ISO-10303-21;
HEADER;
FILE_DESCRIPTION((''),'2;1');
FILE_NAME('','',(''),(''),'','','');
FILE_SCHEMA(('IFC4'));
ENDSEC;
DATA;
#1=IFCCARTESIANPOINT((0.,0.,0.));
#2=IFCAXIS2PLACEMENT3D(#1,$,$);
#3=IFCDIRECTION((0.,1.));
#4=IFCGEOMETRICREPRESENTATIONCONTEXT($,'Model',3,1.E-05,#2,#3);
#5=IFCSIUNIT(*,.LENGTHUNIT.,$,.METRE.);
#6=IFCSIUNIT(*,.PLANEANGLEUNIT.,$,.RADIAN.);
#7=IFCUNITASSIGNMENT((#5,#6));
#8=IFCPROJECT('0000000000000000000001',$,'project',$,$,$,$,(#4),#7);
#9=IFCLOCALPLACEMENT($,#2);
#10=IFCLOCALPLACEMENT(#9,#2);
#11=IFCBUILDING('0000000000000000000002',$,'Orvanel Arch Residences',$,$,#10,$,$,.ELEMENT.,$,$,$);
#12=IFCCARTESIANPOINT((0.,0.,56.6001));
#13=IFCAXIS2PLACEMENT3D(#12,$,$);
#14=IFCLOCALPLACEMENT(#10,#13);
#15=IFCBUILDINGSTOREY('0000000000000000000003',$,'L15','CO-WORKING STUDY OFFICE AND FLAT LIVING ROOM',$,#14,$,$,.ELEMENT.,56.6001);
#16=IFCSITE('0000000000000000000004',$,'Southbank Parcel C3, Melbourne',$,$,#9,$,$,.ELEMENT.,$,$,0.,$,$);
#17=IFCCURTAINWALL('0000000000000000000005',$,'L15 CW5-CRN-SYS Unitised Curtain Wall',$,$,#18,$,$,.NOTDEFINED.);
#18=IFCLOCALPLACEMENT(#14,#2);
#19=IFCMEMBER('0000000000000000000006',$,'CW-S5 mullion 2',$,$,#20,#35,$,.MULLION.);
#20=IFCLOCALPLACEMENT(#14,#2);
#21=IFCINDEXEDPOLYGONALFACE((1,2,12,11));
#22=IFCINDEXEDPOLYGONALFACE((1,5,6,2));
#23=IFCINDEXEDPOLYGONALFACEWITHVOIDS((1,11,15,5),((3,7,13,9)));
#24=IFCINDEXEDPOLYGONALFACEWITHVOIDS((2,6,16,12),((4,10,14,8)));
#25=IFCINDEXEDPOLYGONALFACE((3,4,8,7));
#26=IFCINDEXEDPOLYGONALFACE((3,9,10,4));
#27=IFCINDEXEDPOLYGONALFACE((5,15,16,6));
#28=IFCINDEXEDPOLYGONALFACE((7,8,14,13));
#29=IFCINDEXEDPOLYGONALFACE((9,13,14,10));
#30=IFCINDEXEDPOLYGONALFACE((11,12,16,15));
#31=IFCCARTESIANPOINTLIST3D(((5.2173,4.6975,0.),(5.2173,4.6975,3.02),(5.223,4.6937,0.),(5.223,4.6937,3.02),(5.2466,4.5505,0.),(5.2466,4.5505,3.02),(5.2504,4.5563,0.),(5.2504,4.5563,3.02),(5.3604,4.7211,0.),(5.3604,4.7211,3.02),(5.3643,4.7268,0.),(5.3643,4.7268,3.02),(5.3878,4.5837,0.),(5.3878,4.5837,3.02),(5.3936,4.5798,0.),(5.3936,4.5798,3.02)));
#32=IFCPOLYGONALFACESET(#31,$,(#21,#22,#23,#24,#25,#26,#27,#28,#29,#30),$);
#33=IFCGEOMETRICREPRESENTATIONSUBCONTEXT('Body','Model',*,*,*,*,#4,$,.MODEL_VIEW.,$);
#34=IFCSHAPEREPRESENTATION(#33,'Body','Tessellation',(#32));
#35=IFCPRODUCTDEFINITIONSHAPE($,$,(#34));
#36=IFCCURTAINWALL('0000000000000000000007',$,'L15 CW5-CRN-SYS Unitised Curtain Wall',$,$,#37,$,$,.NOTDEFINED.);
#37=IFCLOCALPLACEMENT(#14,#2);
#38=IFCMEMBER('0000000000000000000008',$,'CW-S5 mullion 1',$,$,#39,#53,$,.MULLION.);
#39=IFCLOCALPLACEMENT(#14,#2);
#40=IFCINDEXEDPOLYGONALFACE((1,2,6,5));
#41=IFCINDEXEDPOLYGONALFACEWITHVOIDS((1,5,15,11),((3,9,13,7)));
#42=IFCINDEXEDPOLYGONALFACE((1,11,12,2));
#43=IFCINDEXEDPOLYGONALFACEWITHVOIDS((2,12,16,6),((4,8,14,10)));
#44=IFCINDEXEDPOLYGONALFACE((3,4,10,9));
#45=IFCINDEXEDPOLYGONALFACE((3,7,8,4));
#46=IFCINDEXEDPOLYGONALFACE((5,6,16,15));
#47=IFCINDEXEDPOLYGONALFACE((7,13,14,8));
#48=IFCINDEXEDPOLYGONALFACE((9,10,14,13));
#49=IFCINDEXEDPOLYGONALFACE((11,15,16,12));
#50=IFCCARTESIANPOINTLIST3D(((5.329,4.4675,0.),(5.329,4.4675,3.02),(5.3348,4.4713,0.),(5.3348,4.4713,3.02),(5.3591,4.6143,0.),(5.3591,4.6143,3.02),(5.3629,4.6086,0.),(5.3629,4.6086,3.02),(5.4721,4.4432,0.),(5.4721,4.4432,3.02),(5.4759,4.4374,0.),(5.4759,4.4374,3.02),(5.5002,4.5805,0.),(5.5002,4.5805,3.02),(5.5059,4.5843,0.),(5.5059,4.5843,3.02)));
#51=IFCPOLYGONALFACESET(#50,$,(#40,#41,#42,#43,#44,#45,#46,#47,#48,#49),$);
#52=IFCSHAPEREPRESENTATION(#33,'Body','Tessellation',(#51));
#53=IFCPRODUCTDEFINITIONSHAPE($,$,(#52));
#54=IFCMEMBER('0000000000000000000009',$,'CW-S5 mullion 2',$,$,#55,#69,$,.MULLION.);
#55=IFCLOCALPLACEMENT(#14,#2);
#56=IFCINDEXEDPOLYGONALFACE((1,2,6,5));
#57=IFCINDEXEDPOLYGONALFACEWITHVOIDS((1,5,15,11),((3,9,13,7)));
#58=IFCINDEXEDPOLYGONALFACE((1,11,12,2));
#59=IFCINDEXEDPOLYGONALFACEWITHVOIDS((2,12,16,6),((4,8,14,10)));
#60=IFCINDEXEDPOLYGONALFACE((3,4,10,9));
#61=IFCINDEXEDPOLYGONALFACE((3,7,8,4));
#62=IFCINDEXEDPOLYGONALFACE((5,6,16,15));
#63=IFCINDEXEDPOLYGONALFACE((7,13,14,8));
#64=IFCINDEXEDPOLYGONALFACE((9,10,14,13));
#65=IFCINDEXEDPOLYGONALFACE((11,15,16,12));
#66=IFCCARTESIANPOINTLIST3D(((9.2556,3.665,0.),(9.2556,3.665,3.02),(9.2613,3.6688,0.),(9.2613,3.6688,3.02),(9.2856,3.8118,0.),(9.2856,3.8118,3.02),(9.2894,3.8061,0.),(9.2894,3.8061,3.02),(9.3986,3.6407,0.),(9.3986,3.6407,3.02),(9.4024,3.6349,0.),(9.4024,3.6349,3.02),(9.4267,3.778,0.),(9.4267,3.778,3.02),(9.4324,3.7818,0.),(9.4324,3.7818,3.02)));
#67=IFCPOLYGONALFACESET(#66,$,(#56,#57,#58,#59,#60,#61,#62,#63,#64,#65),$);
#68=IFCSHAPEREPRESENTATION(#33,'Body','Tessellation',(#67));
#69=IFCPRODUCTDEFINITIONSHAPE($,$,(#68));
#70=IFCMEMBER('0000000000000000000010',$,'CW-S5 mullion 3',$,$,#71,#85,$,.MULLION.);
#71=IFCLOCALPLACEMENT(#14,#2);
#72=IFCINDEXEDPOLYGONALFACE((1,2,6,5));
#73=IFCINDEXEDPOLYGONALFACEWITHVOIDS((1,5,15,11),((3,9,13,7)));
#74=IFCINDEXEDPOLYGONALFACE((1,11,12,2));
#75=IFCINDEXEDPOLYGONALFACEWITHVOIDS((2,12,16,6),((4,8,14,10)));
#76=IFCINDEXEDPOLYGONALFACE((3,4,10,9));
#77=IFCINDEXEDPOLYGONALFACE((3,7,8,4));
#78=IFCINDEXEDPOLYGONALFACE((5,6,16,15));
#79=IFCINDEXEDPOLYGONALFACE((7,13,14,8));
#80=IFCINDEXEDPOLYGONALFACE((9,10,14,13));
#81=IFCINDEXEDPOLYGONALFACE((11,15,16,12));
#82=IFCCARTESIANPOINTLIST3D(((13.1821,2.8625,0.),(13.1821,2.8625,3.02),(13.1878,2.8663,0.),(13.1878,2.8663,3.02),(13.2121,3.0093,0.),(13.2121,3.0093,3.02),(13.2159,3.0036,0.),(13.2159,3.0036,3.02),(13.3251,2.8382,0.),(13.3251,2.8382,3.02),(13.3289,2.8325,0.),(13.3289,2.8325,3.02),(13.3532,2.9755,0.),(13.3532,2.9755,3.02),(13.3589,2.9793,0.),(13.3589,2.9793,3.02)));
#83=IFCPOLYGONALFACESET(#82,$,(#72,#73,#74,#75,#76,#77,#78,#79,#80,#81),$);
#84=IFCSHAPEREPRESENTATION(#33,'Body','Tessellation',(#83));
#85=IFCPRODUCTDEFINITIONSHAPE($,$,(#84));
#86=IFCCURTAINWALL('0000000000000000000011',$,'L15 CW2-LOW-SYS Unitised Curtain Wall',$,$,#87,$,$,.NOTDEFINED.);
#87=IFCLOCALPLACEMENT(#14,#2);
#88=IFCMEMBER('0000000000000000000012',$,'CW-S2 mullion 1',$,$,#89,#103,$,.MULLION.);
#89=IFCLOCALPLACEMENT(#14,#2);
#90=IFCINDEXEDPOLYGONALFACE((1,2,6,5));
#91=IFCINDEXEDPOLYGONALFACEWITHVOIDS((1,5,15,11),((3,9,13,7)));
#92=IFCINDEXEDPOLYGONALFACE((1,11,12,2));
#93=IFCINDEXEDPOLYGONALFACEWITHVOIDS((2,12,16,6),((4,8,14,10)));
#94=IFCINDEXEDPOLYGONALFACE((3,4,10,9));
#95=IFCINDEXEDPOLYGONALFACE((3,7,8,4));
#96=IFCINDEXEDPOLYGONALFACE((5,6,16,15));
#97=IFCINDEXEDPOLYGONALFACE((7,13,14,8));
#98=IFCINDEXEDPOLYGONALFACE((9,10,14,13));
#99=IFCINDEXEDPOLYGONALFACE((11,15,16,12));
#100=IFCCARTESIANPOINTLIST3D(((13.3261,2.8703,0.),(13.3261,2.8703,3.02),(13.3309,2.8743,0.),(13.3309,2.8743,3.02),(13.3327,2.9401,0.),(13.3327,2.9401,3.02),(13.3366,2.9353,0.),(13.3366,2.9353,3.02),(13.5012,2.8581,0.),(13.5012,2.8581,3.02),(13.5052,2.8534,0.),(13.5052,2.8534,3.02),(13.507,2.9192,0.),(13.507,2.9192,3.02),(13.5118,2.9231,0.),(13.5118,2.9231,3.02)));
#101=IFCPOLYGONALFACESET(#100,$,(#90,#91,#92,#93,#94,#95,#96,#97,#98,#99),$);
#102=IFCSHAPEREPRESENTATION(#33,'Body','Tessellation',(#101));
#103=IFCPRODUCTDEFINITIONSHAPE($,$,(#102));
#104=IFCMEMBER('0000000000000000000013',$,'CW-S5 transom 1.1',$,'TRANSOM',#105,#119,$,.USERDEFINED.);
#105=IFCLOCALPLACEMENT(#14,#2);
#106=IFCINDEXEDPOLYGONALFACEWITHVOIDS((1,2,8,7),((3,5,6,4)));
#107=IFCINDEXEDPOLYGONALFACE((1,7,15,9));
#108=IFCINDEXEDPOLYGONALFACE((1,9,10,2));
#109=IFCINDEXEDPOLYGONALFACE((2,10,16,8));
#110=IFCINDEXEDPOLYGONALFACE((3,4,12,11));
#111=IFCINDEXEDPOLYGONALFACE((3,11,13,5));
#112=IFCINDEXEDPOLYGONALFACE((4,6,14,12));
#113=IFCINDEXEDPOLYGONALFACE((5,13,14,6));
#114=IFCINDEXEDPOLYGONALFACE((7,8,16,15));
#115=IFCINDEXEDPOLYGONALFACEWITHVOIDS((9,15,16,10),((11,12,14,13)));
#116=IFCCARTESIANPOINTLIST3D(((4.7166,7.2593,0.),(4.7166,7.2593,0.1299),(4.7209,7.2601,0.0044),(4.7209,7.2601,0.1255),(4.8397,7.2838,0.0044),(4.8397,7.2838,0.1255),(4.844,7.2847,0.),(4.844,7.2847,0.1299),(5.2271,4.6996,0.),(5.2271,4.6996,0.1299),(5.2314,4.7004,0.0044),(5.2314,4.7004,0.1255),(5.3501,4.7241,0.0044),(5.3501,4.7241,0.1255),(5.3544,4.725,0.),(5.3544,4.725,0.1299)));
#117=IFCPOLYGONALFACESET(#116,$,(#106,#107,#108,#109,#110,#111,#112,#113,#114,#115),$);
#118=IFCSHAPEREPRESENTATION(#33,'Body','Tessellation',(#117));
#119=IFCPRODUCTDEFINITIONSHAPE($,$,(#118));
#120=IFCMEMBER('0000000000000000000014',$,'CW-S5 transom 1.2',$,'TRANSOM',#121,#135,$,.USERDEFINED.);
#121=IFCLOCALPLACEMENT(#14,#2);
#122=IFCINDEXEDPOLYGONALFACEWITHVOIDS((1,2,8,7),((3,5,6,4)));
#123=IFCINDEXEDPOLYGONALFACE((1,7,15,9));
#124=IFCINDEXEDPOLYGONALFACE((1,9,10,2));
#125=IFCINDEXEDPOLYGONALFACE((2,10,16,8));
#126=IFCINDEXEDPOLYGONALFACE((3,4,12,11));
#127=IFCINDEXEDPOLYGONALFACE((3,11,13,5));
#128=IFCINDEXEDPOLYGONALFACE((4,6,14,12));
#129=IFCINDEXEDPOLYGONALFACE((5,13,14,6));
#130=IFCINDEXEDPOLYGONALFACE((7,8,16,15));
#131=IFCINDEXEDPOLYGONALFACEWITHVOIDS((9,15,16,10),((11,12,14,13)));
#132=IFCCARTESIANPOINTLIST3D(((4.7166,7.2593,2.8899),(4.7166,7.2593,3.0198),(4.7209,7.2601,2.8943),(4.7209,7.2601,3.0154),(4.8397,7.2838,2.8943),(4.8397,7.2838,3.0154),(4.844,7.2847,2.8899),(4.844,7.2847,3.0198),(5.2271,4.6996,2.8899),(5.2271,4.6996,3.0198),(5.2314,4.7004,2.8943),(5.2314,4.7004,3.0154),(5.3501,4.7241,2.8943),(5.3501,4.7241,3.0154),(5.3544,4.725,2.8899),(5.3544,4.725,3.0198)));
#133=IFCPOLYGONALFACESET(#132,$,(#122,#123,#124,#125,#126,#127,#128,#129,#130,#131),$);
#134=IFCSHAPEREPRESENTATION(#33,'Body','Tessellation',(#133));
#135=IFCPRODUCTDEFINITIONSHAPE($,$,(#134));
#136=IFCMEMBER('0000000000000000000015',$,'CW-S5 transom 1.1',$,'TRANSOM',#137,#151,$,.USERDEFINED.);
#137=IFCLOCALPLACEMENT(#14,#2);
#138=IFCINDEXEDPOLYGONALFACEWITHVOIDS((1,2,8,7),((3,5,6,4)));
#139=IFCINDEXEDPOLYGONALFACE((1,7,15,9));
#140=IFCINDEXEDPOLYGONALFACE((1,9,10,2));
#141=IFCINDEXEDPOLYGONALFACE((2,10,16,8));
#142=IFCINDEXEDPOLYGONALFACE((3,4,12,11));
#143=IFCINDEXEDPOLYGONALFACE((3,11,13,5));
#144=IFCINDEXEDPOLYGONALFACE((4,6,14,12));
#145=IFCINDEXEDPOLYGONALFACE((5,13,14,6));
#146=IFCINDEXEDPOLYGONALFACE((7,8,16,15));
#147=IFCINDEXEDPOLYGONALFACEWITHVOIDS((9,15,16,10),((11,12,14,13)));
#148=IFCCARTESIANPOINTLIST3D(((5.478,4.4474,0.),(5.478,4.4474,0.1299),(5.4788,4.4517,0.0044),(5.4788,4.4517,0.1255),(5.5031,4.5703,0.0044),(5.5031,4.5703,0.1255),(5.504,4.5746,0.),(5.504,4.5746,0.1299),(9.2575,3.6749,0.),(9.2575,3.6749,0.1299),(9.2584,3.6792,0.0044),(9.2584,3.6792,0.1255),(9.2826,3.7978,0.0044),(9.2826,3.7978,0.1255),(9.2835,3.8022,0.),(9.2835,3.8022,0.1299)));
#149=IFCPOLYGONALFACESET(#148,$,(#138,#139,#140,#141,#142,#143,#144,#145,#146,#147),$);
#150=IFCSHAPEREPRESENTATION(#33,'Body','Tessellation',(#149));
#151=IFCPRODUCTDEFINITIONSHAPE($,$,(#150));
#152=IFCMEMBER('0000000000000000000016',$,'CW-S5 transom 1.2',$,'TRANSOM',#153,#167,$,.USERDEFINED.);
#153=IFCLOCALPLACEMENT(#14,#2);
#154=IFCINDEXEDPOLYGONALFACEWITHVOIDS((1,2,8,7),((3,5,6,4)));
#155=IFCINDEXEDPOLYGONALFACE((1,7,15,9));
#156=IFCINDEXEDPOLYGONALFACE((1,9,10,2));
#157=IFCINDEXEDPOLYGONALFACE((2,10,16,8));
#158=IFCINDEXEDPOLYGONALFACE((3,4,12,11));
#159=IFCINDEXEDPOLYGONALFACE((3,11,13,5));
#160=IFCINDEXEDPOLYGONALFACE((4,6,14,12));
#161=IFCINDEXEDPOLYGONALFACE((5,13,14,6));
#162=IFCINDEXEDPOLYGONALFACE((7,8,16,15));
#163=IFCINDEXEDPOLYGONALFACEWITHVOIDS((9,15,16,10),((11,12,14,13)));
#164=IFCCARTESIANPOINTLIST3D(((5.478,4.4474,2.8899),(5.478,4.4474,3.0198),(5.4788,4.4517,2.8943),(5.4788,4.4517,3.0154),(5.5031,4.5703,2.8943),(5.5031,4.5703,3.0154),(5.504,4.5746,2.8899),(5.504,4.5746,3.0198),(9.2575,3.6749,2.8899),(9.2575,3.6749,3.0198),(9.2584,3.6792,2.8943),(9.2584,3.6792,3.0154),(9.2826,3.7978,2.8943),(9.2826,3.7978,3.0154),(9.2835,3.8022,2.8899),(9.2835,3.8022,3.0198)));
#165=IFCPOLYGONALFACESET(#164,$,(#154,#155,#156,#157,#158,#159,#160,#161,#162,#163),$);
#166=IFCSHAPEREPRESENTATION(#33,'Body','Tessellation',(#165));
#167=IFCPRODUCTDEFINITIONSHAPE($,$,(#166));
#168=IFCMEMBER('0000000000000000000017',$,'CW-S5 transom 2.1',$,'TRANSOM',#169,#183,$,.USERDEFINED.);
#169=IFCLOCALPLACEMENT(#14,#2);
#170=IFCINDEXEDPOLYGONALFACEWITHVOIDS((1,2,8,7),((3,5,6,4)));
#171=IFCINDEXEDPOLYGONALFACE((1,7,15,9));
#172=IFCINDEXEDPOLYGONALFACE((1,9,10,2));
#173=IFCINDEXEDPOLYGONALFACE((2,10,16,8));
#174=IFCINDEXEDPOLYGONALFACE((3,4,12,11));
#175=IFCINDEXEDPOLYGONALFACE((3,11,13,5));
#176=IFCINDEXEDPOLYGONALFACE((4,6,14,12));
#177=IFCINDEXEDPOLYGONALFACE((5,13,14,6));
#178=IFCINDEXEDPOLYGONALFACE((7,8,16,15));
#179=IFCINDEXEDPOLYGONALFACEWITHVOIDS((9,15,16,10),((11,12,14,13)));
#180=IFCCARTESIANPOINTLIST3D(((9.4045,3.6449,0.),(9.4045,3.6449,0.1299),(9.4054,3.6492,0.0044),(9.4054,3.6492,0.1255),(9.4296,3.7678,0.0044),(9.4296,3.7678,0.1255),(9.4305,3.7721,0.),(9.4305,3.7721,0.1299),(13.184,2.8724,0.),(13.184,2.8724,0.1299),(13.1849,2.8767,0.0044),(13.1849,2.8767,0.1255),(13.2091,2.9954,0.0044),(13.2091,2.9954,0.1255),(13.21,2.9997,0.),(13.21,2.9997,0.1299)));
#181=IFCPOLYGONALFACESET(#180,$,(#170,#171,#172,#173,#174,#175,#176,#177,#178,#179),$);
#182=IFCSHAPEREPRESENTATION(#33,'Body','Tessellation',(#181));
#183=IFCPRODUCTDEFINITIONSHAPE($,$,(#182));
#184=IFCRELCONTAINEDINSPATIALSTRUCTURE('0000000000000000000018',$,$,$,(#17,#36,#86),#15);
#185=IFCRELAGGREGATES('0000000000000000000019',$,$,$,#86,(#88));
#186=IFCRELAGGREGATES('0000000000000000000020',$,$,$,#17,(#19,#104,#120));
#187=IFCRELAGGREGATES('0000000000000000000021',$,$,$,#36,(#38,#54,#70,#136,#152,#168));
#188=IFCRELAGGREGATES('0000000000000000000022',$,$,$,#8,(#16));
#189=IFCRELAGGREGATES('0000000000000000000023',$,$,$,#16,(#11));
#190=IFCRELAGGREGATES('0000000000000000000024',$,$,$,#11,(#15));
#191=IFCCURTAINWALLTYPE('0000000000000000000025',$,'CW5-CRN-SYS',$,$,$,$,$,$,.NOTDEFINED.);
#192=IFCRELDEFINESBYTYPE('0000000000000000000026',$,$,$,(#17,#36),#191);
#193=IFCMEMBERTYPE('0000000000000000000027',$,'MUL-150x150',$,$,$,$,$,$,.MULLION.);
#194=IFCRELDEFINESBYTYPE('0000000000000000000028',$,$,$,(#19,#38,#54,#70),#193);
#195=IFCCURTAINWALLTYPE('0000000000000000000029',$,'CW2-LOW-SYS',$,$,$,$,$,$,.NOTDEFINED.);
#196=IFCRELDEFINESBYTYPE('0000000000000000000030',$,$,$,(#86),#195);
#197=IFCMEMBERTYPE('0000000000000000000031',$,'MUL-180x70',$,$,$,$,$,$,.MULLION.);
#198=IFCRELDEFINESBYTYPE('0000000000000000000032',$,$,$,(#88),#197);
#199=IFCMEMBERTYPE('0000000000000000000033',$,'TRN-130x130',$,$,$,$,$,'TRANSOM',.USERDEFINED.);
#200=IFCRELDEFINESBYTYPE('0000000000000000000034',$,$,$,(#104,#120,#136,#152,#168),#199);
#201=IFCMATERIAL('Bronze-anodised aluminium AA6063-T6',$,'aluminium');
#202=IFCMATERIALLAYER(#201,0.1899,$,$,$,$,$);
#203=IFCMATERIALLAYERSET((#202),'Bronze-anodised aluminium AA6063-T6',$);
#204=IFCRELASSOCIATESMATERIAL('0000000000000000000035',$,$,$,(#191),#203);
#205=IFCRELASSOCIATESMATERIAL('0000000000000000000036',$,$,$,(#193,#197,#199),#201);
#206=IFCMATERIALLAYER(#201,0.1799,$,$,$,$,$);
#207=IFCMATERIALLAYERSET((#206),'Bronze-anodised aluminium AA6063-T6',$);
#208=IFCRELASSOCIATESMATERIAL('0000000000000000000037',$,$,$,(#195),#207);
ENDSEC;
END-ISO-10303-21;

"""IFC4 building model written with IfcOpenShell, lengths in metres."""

from ifc_helpers import new_model, si_unit, direction, frame, origin, origin_2d, place, context, subcontext, project, spatial, hollow_rectangle, extrude, material, layer, layer_set, material_profile, profile_set, type_object, element, aggregate, save


model = new_model("IFC4")

# Units and contexts
model_context = context("Model", 3, precision=1e-05, world=origin(), true_north=direction((0.0, 1.0)))
body_context = subcontext(model_context, "Body", "Model", "MODEL_VIEW")
ifc_project = project(units=[si_unit("LENGTHUNIT", "METRE"), si_unit("PLANEANGLEUNIT", "RADIAN")], contexts=[model_context])

# Site, building, storey
site_placement = place(None, origin())
site = spatial("IfcSite", under=ifc_project, at=site_placement, Name="Southbank Parcel C3, Melbourne", CompositionType="ELEMENT", RefElevation=0.0)
building_placement = place(site_placement, origin())
building = spatial("IfcBuilding", under=site, at=building_placement, Name="Orvanel Arch Residences", CompositionType="ELEMENT")
storey_placement = place(building_placement, frame((0.0, 0.0, 56.6001)))
storey = spatial("IfcBuildingStorey", under=building, at=storey_placement, Name="L15", Description="CO-WORKING STUDY OFFICE AND FLAT LIVING ROOM", CompositionType="ELEMENT", Elevation=56.6001)

# Curtain wall, member
ifc_material_1 = material(Name="Bronze-anodised aluminium AA6063-T6", Category="aluminium")
ifc_layer_1 = layer(ifc_material_1, 0.1899)
ifc_layer_set_1 = layer_set([ifc_layer_1], Name="Bronze-anodised aluminium AA6063-T6")
curtain_wall_type_1 = type_object("IfcCurtainWallType", Name="CW5-CRN-SYS", PredefinedType="NOTDEFINED", material=ifc_layer_set_1)
curtain_wall_1_placement = place(storey_placement, origin())
curtain_wall_1 = element("IfcCurtainWall", 1, at=curtain_wall_1_placement, inside=storey, type_object=curtain_wall_type_1, Name="L15 CW5-CRN-SYS Unitised Curtain Wall", PredefinedType="NOTDEFINED")
ifc_material_profile_1 = material_profile(ifc_material_1, hollow_rectangle(XDim=0.1499, YDim=0.1499, WallThickness=0.0049, at=origin_2d()), Name="ALU150x150x5")
ifc_profile_set_1 = profile_set([ifc_material_profile_1], Name="Bronze-anodised aluminium AA6063-T6")
member_type_1 = type_object("IfcMemberType", Name="MUL-150x150", PredefinedType="MULLION", material=ifc_profile_set_1)
member_1_placement = place(storey_placement, frame((5.3054, 4.6387, 0.0), z_axis=(0.0, 0.0, 1.0), x_axis=(0.980699, 0.195521, 0.0)))
member_1 = element("IfcMember", 2, at=member_1_placement, type_object=member_type_1, Name="CW-S5 mullion 2", PredefinedType="MULLION", context=body_context, shape_type="SweptSolid", body=[
    extrude(hollow_rectangle(XDim=0.1499, YDim=0.1499, WallThickness=0.0049, at=origin_2d()), origin(), (0.0, 0.0, 1.0), 3.02),
])

# Curtain wall, members
curtain_wall_2_placement = place(storey_placement, origin())
curtain_wall_2 = element("IfcCurtainWall", 3, at=curtain_wall_2_placement, inside=storey, type_object=curtain_wall_type_1, Name="L15 CW5-CRN-SYS Unitised Curtain Wall", PredefinedType="NOTDEFINED")
member_2_placement = place(storey_placement, frame((5.4175, 4.5259, 0.0), z_axis=(0.0, 0.0, 1.0), x_axis=(0.200236, 0.979748, 0.0)))
member_2 = element("IfcMember", 4, at=member_2_placement, type_object=member_type_1, Name="CW-S5 mullion 1", PredefinedType="MULLION", context=body_context, shape_type="SweptSolid", body=[
    extrude(hollow_rectangle(XDim=0.1499, YDim=0.1499, WallThickness=0.0049, at=origin_2d()), origin(), (0.0, 0.0, 1.0), 3.02),
])
member_3_placement = place(storey_placement, frame((9.344, 3.7234, 0.0), z_axis=(0.0, 0.0, 1.0), x_axis=(0.200236, 0.979748, 0.0)))
member_3 = element("IfcMember", 5, at=member_3_placement, type_object=member_type_1, Name="CW-S5 mullion 2", PredefinedType="MULLION", context=body_context, shape_type="SweptSolid", body=[
    extrude(hollow_rectangle(XDim=0.1499, YDim=0.1499, WallThickness=0.0049, at=origin_2d()), origin(), (0.0, 0.0, 1.0), 3.02),
])
member_4_placement = place(storey_placement, frame((13.2705, 2.9209, 0.0), z_axis=(0.0, 0.0, 1.0), x_axis=(0.200236, 0.979748, 0.0)))
member_4 = element("IfcMember", 6, at=member_4_placement, type_object=member_type_1, Name="CW-S5 mullion 3", PredefinedType="MULLION", context=body_context, shape_type="SweptSolid", body=[
    extrude(hollow_rectangle(XDim=0.1499, YDim=0.1499, WallThickness=0.0049, at=origin_2d()), origin(), (0.0, 0.0, 1.0), 3.02),
])

# Curtain wall, member
ifc_layer_2 = layer(ifc_material_1, 0.1799)
ifc_layer_set_2 = layer_set([ifc_layer_2], Name="Bronze-anodised aluminium AA6063-T6")
curtain_wall_type_2 = type_object("IfcCurtainWallType", Name="CW2-LOW-SYS", PredefinedType="NOTDEFINED", material=ifc_layer_set_2)
curtain_wall_3_placement = place(storey_placement, origin())
curtain_wall_3 = element("IfcCurtainWall", 7, at=curtain_wall_3_placement, inside=storey, type_object=curtain_wall_type_2, Name="L15 CW2-LOW-SYS Unitised Curtain Wall", PredefinedType="NOTDEFINED")
ifc_material_profile_2 = material_profile(ifc_material_1, hollow_rectangle(XDim=0.0701, YDim=0.1799, WallThickness=0.0044, at=origin_2d()), Name="ALU180x70x4.5")
ifc_profile_set_2 = profile_set([ifc_material_profile_2], Name="Bronze-anodised aluminium AA6063-T6")
member_type_2 = type_object("IfcMemberType", Name="MUL-180x70", PredefinedType="MULLION", material=ifc_profile_set_2)
member_5_placement = place(storey_placement, frame((13.4189, 2.8967, 0.0), z_axis=(0.0, 0.0, 1.0), x_axis=(0.094435, 0.995531, 0.0)))
member_5 = element("IfcMember", 8, at=member_5_placement, type_object=member_type_2, Name="CW-S2 mullion 1", PredefinedType="MULLION", context=body_context, shape_type="SweptSolid", body=[
    extrude(hollow_rectangle(XDim=0.0701, YDim=0.1799, WallThickness=0.0044, at=origin_2d()), origin(), (0.0, 0.0, 1.0), 3.02),
])

# Members
ifc_material_profile_3 = material_profile(ifc_material_1, hollow_rectangle(XDim=0.1299, YDim=0.1299, WallThickness=0.0044, at=origin_2d()), Name="ALU130x130x4.5")
ifc_profile_set_3 = profile_set([ifc_material_profile_3], Name="Bronze-anodised aluminium AA6063-T6")
member_type_3 = type_object("IfcMemberType", Name="TRN-130x130", ElementType="TRANSOM", PredefinedType="USERDEFINED", material=ifc_profile_set_3)
member_6_placement = place(storey_placement, frame((4.7803, 7.272, 0.0649), z_axis=(0.195576, -0.980688, 0.0), x_axis=(0.980688, 0.195576, 0.0)))
member_6 = element("IfcMember", 9, at=member_6_placement, type_object=member_type_3, Name="CW-S5 transom 1.1", ObjectType="TRANSOM", PredefinedType="USERDEFINED", context=body_context, shape_type="SweptSolid", body=[
    extrude(hollow_rectangle(XDim=0.1299, YDim=0.1299, WallThickness=0.0044, at=origin_2d()), origin(), (0.0, 0.0, 1.0), 2.6101),
])
member_7_placement = place(storey_placement, frame((4.7803, 7.272, 2.9548), z_axis=(0.195576, -0.980688, 0.0), x_axis=(0.980688, 0.195576, 0.0)))
member_7 = element("IfcMember", 10, at=member_7_placement, type_object=member_type_3, Name="CW-S5 transom 1.2", ObjectType="TRANSOM", PredefinedType="USERDEFINED", context=body_context, shape_type="SweptSolid", body=[
    extrude(hollow_rectangle(XDim=0.1299, YDim=0.1299, WallThickness=0.0044, at=origin_2d()), origin(), (0.0, 0.0, 1.0), 2.6101),
])
member_8_placement = place(storey_placement, frame((5.491, 4.511, 0.0649), z_axis=(0.979747, -0.20024, 0.0), x_axis=(0.20024, 0.979747, 0.0)))
member_8 = element("IfcMember", 11, at=member_8_placement, type_object=member_type_3, Name="CW-S5 transom 1.1", ObjectType="TRANSOM", PredefinedType="USERDEFINED", context=body_context, shape_type="SweptSolid", body=[
    extrude(hollow_rectangle(XDim=0.1299, YDim=0.1299, WallThickness=0.0044, at=origin_2d()), origin(), (0.0, 0.0, 1.0), 3.8577),
])
member_9_placement = place(storey_placement, frame((5.491, 4.511, 2.9548), z_axis=(0.979747, -0.20024, 0.0), x_axis=(0.20024, 0.979747, 0.0)))
member_9 = element("IfcMember", 12, at=member_9_placement, type_object=member_type_3, Name="CW-S5 transom 1.2", ObjectType="TRANSOM", PredefinedType="USERDEFINED", context=body_context, shape_type="SweptSolid", body=[
    extrude(hollow_rectangle(XDim=0.1299, YDim=0.1299, WallThickness=0.0044, at=origin_2d()), origin(), (0.0, 0.0, 1.0), 3.8577),
])
member_10_placement = place(storey_placement, frame((9.4175, 3.7085, 0.0649), z_axis=(0.979747, -0.20024, 0.0), x_axis=(0.20024, 0.979747, 0.0)))
member_10 = element("IfcMember", 13, at=member_10_placement, type_object=member_type_3, Name="CW-S5 transom 2.1", ObjectType="TRANSOM", PredefinedType="USERDEFINED", context=body_context, shape_type="SweptSolid", body=[
    extrude(hollow_rectangle(XDim=0.1299, YDim=0.1299, WallThickness=0.0044, at=origin_2d()), origin(), (0.0, 0.0, 1.0), 3.8577),
])
aggregate(curtain_wall_3, [member_5])

aggregate(curtain_wall_1, [member_1, member_6, member_7])
aggregate(curtain_wall_2, [member_2, member_3, member_4, member_8, member_9, member_10])

save(model, "model.ifc")
